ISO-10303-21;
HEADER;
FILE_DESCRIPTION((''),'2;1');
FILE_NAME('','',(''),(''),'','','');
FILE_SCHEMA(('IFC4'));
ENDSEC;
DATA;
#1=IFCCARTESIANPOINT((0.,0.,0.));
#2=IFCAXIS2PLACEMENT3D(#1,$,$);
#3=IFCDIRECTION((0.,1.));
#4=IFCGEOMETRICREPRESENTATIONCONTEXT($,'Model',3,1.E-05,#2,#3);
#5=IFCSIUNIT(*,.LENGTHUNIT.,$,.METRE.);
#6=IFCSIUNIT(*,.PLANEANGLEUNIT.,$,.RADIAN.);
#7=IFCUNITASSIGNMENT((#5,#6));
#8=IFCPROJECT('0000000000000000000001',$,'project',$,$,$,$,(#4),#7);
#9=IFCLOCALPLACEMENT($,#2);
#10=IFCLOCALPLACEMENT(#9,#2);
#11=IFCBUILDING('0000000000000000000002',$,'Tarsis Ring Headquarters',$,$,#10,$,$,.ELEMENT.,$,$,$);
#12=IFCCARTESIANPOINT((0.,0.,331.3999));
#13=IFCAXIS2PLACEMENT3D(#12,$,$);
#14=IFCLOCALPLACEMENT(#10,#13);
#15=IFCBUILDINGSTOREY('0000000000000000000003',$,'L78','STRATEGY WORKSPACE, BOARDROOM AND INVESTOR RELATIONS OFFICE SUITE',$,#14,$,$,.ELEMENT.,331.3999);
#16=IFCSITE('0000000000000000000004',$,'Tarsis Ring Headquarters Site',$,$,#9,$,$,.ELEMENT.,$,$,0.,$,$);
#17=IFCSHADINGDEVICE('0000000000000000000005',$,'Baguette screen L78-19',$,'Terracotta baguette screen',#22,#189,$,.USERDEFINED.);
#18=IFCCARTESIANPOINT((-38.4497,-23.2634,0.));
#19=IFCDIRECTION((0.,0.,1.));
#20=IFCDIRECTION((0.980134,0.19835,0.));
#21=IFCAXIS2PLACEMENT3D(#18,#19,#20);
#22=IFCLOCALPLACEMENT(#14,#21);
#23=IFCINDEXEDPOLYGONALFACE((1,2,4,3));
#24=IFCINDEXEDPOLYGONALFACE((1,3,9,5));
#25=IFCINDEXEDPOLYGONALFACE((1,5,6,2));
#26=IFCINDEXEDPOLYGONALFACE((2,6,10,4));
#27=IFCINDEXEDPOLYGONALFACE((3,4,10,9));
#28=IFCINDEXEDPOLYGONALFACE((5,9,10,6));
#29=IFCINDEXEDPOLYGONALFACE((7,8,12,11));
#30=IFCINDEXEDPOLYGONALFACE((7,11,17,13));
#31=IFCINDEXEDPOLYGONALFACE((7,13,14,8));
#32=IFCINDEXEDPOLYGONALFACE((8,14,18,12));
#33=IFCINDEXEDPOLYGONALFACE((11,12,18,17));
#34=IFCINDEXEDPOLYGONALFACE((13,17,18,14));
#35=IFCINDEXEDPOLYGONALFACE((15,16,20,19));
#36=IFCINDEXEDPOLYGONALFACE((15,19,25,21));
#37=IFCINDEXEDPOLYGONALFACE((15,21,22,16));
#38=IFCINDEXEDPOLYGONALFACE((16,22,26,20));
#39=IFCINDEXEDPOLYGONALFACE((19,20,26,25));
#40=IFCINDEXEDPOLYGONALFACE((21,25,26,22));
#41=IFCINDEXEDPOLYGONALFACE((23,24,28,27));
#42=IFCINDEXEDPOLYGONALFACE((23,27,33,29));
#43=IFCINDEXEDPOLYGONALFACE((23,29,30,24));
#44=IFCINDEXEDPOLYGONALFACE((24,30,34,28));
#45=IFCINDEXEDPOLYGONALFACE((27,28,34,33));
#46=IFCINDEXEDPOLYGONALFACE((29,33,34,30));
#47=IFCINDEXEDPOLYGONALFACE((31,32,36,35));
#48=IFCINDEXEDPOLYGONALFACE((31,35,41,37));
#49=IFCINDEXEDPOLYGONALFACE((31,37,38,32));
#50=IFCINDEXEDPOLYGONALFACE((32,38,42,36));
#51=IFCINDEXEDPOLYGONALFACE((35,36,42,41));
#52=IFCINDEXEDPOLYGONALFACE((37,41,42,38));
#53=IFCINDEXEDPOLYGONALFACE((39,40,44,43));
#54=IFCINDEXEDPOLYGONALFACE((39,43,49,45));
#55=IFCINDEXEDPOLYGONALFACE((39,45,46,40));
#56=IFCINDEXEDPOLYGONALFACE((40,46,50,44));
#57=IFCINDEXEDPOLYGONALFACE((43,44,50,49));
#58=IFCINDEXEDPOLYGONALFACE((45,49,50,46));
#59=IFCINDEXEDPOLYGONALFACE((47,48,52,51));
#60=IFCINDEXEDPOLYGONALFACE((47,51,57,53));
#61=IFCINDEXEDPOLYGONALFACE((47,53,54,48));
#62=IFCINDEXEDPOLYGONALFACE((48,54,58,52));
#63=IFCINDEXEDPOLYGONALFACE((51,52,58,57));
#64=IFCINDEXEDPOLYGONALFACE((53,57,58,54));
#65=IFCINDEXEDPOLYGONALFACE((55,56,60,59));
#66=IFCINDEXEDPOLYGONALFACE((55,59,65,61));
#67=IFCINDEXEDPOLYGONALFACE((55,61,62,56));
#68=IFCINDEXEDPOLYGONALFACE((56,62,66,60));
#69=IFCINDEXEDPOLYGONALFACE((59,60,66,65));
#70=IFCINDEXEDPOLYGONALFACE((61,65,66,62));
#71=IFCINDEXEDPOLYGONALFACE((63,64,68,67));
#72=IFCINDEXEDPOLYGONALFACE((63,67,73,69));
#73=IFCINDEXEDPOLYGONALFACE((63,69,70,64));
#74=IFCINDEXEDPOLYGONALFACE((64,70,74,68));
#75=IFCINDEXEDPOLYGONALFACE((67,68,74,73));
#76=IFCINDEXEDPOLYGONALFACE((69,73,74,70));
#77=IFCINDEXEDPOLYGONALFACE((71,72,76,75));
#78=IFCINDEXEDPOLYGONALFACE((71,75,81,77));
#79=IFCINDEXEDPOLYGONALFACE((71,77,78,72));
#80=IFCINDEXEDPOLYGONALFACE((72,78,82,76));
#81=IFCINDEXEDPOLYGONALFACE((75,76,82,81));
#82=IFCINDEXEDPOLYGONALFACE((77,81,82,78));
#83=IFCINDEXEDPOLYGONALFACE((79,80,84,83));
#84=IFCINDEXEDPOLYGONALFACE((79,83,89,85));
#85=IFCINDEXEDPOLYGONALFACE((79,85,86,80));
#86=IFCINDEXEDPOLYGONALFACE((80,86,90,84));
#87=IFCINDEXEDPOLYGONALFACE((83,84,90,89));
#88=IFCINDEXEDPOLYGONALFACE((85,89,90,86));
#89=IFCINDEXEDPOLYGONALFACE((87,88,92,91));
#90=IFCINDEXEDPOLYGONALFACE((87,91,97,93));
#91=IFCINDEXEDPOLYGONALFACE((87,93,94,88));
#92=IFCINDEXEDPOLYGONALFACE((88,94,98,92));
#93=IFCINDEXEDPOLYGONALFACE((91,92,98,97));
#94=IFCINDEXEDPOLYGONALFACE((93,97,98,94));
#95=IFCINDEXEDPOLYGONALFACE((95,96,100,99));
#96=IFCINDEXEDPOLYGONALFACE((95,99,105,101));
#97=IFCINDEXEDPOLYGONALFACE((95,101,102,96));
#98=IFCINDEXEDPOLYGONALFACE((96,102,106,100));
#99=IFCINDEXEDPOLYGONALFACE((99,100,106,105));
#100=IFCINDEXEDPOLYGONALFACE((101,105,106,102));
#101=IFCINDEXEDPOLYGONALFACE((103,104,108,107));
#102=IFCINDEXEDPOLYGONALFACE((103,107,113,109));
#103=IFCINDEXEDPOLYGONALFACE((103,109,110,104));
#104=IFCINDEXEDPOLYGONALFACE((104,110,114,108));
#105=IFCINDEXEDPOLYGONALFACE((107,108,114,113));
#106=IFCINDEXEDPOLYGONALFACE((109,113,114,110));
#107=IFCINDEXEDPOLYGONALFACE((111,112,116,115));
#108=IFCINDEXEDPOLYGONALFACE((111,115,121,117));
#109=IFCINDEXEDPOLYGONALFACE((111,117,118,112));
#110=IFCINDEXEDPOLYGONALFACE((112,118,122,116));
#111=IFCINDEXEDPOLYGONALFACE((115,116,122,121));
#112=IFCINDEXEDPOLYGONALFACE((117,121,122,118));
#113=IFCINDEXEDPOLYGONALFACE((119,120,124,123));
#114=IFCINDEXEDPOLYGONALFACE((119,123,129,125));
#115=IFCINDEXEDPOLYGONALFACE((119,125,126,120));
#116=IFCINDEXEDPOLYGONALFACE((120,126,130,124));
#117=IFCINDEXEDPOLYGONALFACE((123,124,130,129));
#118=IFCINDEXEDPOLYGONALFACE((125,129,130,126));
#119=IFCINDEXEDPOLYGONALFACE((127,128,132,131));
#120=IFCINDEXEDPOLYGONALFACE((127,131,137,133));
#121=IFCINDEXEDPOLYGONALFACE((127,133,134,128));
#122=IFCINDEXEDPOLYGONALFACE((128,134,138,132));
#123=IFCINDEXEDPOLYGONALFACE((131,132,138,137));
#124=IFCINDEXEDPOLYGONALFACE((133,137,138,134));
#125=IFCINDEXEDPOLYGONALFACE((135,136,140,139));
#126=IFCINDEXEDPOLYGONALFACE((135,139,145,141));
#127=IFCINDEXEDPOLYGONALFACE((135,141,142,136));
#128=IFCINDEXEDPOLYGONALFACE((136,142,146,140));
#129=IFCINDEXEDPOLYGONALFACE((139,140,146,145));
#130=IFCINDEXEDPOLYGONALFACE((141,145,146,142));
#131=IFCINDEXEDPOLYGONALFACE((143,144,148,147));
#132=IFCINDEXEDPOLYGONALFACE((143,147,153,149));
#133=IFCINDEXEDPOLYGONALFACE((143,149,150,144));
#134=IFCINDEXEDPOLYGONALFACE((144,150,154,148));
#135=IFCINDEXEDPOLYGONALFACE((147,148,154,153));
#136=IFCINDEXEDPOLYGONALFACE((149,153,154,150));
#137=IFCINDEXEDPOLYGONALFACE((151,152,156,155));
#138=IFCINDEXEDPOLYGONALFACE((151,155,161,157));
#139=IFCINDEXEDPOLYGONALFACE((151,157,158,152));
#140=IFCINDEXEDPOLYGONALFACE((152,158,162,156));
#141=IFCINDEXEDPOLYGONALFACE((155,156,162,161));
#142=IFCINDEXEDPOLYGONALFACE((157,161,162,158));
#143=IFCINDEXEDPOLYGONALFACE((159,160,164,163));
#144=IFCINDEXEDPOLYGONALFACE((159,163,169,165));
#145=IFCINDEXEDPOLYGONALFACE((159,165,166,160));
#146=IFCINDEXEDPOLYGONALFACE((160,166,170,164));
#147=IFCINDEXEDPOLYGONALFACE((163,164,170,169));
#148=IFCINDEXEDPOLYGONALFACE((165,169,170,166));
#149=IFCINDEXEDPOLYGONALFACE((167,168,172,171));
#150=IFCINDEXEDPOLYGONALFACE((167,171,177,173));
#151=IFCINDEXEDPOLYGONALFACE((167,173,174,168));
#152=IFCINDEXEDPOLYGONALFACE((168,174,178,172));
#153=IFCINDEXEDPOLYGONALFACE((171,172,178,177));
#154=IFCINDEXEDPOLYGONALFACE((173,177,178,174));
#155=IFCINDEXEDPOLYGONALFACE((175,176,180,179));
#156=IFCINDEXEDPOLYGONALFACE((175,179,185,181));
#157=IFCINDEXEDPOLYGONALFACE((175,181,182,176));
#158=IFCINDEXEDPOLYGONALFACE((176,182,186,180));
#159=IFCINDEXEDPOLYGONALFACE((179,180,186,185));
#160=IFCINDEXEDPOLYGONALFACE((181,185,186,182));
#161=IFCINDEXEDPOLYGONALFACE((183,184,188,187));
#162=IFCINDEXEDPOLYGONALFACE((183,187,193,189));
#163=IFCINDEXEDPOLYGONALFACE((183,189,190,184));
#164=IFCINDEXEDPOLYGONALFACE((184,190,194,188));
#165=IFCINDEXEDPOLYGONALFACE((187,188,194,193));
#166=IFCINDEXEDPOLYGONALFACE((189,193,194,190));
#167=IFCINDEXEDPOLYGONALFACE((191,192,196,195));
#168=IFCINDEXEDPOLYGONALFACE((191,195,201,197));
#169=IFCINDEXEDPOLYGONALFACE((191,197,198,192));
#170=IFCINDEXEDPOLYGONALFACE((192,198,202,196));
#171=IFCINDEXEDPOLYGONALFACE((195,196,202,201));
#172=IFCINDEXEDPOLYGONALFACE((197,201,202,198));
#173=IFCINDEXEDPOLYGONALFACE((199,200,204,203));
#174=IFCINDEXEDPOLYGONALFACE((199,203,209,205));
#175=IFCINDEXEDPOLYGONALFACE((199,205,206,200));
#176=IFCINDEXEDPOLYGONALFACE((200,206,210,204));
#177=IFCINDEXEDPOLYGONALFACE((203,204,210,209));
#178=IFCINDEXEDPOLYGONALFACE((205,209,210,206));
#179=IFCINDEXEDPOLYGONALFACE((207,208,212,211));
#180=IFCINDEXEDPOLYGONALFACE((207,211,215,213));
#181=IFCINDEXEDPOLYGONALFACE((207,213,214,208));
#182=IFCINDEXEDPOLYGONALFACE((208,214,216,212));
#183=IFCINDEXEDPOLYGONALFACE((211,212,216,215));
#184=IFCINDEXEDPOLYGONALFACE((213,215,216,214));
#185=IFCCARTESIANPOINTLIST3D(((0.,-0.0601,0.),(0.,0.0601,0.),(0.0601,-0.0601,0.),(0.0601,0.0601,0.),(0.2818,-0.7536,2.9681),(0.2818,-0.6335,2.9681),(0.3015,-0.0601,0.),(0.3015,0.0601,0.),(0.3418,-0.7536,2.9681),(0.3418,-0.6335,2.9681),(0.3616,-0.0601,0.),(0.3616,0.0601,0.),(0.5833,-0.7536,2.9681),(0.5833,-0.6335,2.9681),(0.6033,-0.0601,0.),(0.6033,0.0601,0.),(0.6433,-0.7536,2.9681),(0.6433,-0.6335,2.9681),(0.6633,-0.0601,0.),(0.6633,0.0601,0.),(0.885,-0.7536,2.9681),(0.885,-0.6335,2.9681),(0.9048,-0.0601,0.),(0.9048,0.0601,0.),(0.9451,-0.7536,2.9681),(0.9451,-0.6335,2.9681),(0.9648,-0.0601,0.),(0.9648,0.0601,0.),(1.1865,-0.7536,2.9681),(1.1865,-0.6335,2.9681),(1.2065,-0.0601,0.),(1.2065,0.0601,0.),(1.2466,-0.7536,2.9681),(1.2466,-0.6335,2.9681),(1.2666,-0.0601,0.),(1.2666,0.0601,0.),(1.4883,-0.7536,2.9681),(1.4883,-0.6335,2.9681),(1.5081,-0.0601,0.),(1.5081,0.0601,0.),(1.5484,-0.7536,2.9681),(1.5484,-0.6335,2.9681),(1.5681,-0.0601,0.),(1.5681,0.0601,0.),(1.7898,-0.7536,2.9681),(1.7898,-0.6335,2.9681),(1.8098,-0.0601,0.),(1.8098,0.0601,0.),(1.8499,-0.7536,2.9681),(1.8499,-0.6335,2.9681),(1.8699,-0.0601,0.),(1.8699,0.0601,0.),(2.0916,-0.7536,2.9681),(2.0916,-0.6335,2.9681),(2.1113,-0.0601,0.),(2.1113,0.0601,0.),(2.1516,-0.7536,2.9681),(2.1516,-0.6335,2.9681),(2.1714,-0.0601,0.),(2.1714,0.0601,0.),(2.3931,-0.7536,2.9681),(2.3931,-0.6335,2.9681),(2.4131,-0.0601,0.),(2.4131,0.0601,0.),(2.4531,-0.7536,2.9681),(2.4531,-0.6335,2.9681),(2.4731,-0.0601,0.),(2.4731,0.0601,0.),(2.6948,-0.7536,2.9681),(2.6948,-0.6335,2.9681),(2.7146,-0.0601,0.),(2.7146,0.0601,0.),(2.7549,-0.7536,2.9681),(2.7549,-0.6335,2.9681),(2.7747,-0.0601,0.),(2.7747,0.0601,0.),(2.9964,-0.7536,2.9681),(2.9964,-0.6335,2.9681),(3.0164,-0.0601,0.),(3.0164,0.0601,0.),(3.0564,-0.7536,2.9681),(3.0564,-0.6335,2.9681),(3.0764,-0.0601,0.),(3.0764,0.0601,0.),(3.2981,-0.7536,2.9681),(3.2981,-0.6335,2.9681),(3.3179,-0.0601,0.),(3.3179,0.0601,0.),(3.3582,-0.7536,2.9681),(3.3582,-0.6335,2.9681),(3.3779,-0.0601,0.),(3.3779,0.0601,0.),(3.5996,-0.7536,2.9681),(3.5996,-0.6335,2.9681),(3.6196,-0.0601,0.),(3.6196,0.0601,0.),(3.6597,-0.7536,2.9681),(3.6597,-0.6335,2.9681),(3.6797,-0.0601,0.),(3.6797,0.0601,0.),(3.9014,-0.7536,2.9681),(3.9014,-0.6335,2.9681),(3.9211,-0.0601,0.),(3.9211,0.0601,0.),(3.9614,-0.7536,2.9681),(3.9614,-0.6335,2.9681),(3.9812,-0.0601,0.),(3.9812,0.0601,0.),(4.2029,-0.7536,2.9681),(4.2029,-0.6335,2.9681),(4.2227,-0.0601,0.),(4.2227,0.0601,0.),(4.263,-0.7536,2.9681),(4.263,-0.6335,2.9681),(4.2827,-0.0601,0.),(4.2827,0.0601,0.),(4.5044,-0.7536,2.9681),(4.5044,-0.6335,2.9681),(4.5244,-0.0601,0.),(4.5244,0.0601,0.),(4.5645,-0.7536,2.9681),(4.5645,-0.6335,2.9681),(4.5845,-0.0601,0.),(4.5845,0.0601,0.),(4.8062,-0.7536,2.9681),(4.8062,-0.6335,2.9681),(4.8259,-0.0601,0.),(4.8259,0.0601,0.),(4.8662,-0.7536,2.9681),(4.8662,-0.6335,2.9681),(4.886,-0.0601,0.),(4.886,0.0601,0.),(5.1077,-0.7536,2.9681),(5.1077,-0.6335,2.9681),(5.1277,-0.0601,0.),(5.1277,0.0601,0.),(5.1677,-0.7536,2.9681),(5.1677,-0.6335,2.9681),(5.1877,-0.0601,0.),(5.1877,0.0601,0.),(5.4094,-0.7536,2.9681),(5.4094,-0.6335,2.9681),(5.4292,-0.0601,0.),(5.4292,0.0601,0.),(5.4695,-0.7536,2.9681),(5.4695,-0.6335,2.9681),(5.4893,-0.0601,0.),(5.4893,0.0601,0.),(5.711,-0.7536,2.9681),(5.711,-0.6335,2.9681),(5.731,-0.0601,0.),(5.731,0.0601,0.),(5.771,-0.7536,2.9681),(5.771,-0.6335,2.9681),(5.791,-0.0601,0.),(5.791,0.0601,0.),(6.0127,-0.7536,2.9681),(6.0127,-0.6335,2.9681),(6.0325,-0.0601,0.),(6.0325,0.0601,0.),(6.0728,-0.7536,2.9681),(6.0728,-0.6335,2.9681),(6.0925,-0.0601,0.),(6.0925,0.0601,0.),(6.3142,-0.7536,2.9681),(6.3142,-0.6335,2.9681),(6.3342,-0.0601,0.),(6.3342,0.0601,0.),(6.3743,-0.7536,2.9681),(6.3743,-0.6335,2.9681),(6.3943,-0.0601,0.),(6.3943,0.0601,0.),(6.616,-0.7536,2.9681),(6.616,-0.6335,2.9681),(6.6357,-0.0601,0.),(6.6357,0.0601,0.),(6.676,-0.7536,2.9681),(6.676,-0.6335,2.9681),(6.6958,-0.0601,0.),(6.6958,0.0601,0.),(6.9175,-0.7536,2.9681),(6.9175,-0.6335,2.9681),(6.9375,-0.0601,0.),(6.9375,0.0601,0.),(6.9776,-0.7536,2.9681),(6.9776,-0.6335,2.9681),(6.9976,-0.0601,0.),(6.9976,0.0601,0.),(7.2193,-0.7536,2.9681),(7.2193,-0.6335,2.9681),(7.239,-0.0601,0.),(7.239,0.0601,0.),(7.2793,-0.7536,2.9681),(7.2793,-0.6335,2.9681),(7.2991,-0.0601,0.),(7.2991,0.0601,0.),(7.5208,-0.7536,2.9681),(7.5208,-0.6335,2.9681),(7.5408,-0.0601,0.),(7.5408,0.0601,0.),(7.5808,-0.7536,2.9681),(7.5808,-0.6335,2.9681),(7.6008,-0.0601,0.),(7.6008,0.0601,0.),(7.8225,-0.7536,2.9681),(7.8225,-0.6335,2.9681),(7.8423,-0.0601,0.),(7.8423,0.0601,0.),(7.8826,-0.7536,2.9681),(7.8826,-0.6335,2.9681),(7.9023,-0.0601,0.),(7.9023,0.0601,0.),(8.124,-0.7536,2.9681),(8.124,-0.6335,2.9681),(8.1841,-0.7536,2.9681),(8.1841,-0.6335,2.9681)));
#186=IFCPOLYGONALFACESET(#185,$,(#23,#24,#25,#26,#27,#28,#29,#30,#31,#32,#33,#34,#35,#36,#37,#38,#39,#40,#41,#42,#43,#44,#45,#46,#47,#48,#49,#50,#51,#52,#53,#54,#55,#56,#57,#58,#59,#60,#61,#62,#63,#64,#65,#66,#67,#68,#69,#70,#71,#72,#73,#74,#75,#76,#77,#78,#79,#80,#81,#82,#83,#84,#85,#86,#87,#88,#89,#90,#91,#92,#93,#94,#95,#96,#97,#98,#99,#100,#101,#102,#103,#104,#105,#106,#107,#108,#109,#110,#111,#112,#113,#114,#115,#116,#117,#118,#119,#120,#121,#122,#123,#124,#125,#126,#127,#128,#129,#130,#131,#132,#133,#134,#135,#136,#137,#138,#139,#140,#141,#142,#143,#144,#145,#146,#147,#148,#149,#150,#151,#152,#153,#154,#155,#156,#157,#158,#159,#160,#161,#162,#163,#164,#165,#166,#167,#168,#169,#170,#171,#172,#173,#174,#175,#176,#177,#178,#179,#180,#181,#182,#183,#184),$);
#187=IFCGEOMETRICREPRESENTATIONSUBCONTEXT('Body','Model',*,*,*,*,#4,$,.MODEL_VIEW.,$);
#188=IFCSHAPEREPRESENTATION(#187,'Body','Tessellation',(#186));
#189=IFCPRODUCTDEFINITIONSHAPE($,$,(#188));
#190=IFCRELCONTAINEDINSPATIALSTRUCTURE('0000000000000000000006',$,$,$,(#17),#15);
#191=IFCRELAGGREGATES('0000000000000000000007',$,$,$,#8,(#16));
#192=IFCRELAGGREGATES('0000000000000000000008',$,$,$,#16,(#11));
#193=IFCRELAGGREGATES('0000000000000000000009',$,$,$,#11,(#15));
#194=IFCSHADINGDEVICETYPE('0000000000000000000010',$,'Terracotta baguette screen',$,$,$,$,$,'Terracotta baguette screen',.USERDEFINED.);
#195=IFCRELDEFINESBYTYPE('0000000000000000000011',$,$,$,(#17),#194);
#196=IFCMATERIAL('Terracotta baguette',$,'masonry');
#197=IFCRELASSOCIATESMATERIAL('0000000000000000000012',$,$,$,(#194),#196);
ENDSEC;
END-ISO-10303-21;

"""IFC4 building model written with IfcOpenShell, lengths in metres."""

from ifc_helpers import new_model, si_unit, direction, frame, frame_2d, origin, place, context, subcontext, project, spatial, rectangle, composite_profile, extrude, material, type_object, element, save


model = new_model("IFC4")

# Units and contexts
model_context = context("Model", 3, precision=1e-05, world=origin(), true_north=direction((0.0, 1.0)))
body_context = subcontext(model_context, "Body", "Model", "MODEL_VIEW")
ifc_project = project(units=[si_unit("LENGTHUNIT", "METRE"), si_unit("PLANEANGLEUNIT", "RADIAN")], contexts=[model_context])

# Site, building, storey
site_placement = place(None, origin())
site = spatial("IfcSite", under=ifc_project, at=site_placement, Name="Tarsis Ring Headquarters Site", CompositionType="ELEMENT", RefElevation=0.0)
building_placement = place(site_placement, origin())
building = spatial("IfcBuilding", under=site, at=building_placement, Name="Tarsis Ring Headquarters", CompositionType="ELEMENT")
storey_placement = place(building_placement, frame((0.0, 0.0, 331.3999)))
storey = spatial("IfcBuildingStorey", under=building, at=storey_placement, Name="L78", Description="STRATEGY WORKSPACE, BOARDROOM AND INVESTOR RELATIONS OFFICE SUITE", CompositionType="ELEMENT", Elevation=331.3999)

# Shading device
ifc_material_1 = material(Name="Terracotta baguette", Category="masonry")
shading_device_type_1 = type_object("IfcShadingDeviceType", Name="Terracotta baguette screen", ElementType="Terracotta baguette screen", PredefinedType="USERDEFINED", material=ifc_material_1)
shading_device_1_placement = place(storey_placement, frame((-38.4497, -23.2634, 0.0), z_axis=(0.0, 0.0, 1.0), x_axis=(0.980134, 0.19835, 0.0)))
element("IfcShadingDevice", 1, at=shading_device_1_placement, inside=storey, type_object=shading_device_type_1, Name="Baguette screen L78-19", ObjectType="Terracotta baguette screen", PredefinedType="USERDEFINED", context=body_context, shape_type="SweptSolid", body=[
    extrude(composite_profile([rectangle(XDim=0.0601, YDim=0.1201, at=frame_2d((0.03, 0.0))), rectangle(XDim=0.0601, YDim=0.1201, at=frame_2d((0.3315, 0.0))), rectangle(XDim=0.0601, YDim=0.1201, at=frame_2d((0.6333, 0.0))), rectangle(XDim=0.0601, YDim=0.1201, at=frame_2d((0.9348, 0.0))), rectangle(XDim=0.0601, YDim=0.1201, at=frame_2d((1.2366, 0.0))), rectangle(XDim=0.0601, YDim=0.1201, at=frame_2d((1.5381, 0.0))), rectangle(XDim=0.0601, YDim=0.1201, at=frame_2d((1.8398, 0.0))), rectangle(XDim=0.0601, YDim=0.1201, at=frame_2d((2.1414, 0.0))), rectangle(XDim=0.0601, YDim=0.1201, at=frame_2d((2.4431, 0.0))), rectangle(XDim=0.0601, YDim=0.1201, at=frame_2d((2.7446, 0.0))), rectangle(XDim=0.0601, YDim=0.1201, at=frame_2d((3.0464, 0.0))), rectangle(XDim=0.0601, YDim=0.1201, at=frame_2d((3.3479, 0.0))), rectangle(XDim=0.0601, YDim=0.1201, at=frame_2d((3.6497, 0.0))), rectangle(XDim=0.0601, YDim=0.1201, at=frame_2d((3.9512, 0.0))), rectangle(XDim=0.0601, YDim=0.1201, at=frame_2d((4.2527, 0.0))), rectangle(XDim=0.0601, YDim=0.1201, at=frame_2d((4.5544, 0.0))), rectangle(XDim=0.0601, YDim=0.1201, at=frame_2d((4.856, 0.0))), rectangle(XDim=0.0601, YDim=0.1201, at=frame_2d((5.1577, 0.0))), rectangle(XDim=0.0601, YDim=0.1201, at=frame_2d((5.4592, 0.0))), rectangle(XDim=0.0601, YDim=0.1201, at=frame_2d((5.761, 0.0))), rectangle(XDim=0.0601, YDim=0.1201, at=frame_2d((6.0625, 0.0))), rectangle(XDim=0.0601, YDim=0.1201, at=frame_2d((6.3643, 0.0))), rectangle(XDim=0.0601, YDim=0.1201, at=frame_2d((6.6658, 0.0))), rectangle(XDim=0.0601, YDim=0.1201, at=frame_2d((6.9675, 0.0))), rectangle(XDim=0.0601, YDim=0.1201, at=frame_2d((7.269, 0.0))), rectangle(XDim=0.0601, YDim=0.1201, at=frame_2d((7.5708, 0.0))), rectangle(XDim=0.0601, YDim=0.1201, at=frame_2d((7.8723, 0.0)))]), origin(), (0.092044, -0.22658, 0.969634), 3.061),
])

save(model, "model.ifc")
